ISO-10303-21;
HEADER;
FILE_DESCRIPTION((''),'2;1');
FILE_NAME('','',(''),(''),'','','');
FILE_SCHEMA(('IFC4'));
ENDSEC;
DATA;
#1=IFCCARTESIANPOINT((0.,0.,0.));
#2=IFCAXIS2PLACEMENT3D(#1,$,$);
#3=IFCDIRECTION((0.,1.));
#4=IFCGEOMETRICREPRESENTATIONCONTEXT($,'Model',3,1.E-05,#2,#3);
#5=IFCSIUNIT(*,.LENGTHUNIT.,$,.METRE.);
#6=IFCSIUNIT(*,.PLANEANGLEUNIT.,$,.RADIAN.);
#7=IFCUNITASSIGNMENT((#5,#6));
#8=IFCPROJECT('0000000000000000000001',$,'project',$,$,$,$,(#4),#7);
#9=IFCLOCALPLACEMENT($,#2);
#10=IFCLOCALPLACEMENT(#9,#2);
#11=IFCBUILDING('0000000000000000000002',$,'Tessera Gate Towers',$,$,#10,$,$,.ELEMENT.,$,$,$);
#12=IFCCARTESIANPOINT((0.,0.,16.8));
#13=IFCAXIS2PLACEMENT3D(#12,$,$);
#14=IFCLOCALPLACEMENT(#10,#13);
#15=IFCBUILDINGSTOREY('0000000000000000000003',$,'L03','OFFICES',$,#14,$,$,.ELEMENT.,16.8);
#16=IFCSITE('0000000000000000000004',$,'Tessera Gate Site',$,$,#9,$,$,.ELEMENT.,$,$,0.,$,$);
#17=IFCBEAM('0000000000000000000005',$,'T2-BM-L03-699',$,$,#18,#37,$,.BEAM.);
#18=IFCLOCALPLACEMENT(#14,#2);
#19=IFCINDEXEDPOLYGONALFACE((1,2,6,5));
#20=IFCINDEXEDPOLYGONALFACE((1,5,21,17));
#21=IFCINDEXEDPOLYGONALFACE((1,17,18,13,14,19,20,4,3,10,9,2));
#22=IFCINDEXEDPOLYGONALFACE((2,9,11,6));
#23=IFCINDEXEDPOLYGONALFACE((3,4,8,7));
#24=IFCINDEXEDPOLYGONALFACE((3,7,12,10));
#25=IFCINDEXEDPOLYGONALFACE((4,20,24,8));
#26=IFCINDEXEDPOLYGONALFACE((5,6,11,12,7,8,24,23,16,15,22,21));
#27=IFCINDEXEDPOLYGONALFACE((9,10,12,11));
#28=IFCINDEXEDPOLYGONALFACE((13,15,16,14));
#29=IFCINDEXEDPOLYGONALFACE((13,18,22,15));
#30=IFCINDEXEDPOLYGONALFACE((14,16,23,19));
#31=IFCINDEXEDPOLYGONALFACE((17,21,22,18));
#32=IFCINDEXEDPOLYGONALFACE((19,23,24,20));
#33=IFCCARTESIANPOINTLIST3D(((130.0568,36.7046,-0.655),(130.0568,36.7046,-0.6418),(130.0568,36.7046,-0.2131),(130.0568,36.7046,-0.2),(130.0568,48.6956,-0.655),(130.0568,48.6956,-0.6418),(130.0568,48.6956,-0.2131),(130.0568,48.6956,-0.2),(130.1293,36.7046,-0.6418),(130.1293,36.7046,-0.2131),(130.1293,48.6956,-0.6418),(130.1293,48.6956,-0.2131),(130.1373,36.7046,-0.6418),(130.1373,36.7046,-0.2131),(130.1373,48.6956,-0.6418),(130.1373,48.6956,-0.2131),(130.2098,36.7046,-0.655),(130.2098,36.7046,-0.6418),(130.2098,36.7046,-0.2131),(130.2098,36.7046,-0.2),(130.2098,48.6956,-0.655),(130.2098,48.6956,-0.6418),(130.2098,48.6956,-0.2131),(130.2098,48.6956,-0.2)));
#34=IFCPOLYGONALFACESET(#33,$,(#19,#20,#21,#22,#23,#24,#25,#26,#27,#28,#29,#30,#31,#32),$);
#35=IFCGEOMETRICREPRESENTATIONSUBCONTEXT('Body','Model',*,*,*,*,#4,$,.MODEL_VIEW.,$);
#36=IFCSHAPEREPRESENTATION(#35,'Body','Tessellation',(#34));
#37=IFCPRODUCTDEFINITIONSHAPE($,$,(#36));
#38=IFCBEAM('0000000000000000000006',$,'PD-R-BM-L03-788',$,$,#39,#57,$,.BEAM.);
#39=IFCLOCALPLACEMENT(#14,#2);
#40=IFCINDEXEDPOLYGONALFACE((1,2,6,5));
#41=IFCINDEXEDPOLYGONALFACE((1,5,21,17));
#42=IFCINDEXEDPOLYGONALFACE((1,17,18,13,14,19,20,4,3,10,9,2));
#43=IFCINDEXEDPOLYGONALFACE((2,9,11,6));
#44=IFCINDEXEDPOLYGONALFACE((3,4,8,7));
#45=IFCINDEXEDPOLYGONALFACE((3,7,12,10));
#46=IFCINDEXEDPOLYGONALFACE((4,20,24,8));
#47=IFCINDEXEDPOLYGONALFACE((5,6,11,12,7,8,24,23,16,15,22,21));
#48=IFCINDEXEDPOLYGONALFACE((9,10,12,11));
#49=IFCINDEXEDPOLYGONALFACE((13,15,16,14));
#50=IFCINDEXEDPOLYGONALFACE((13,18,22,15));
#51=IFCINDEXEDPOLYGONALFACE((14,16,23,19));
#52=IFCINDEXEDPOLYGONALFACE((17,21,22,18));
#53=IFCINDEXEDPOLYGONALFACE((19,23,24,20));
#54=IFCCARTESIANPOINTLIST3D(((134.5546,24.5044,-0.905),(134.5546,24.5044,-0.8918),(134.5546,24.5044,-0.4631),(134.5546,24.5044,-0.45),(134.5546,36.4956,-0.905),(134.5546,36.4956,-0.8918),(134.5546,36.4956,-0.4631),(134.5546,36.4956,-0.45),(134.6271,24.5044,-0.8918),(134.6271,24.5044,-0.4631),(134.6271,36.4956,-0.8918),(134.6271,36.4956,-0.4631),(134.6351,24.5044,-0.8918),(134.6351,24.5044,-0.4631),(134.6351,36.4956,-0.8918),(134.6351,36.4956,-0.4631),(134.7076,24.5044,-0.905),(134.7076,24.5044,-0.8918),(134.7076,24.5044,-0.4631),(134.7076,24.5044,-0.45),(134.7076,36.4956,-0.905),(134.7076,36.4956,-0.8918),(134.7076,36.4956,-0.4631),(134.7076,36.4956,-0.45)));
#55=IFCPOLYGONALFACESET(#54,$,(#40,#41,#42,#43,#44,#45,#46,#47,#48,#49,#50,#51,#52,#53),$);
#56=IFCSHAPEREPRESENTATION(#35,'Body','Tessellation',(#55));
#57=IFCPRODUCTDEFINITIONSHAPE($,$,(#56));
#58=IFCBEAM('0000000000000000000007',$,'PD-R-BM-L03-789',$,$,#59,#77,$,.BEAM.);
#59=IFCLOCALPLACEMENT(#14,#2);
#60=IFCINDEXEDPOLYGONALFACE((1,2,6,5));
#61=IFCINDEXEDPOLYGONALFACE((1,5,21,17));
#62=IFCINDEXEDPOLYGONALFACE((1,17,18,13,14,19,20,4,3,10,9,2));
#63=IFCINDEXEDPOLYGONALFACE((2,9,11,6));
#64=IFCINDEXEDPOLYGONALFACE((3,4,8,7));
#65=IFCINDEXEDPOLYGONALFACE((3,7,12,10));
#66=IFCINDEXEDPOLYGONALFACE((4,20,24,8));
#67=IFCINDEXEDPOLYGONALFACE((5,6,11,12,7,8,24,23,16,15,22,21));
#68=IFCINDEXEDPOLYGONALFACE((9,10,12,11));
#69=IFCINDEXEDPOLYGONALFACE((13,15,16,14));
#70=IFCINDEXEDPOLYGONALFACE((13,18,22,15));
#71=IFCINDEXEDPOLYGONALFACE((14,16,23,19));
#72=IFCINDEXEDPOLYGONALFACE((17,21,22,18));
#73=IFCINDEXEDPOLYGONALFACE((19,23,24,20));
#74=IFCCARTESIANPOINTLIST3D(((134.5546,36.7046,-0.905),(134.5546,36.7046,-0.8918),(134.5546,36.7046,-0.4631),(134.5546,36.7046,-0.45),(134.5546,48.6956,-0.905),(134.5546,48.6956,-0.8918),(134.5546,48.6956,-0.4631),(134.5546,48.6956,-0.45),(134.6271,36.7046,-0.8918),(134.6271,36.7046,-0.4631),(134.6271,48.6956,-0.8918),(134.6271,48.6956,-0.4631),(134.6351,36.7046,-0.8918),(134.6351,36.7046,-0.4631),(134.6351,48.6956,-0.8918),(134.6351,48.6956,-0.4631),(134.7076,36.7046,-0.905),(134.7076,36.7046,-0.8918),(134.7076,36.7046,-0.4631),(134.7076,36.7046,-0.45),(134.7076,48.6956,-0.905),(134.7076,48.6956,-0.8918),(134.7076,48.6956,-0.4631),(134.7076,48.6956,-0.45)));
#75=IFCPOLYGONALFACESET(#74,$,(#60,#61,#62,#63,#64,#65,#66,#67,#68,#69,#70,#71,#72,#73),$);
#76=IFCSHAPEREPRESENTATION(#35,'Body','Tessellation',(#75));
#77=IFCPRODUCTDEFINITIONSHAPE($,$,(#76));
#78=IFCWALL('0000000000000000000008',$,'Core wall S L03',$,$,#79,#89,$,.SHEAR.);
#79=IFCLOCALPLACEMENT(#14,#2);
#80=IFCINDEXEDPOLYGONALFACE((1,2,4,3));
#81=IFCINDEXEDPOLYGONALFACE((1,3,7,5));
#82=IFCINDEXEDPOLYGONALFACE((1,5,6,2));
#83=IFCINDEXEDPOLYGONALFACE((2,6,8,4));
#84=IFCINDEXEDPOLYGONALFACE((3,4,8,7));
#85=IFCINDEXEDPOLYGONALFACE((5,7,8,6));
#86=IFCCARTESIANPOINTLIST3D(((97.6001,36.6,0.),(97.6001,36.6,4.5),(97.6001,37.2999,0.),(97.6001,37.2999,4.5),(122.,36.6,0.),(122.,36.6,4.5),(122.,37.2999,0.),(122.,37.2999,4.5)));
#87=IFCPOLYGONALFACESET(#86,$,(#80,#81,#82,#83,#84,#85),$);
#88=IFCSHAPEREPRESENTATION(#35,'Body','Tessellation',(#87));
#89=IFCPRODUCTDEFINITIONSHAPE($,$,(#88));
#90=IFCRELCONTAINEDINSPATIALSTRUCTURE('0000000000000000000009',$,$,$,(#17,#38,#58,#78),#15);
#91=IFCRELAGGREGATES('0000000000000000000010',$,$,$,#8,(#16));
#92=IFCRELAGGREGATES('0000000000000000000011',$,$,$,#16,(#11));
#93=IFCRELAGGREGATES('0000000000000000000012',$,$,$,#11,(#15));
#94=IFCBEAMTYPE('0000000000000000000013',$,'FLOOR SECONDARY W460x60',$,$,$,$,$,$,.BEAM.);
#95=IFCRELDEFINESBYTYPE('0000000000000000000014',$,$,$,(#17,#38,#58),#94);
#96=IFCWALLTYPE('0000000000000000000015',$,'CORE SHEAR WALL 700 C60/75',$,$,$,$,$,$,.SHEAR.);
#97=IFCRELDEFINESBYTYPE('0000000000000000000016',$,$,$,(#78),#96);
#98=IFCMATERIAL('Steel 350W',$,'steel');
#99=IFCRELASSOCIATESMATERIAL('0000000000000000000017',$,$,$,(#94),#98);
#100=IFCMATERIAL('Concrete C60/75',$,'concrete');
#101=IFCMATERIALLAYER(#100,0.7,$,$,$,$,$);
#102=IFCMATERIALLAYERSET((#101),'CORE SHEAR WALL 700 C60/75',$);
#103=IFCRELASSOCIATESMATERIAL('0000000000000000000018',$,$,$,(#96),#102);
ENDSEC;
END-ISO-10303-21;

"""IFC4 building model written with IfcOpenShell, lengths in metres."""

from ifc_helpers import new_model, si_unit, direction, frame, frame_2d, origin, origin_2d, place, context, subcontext, project, spatial, rectangle, i_section, extrude, material, layer, layer_set, material_profile, profile_set, type_object, element, save


model = new_model("IFC4")

# Units and contexts
model_context = context("Model", 3, precision=1e-05, world=origin(), true_north=direction((0.0, 1.0)))
body_context = subcontext(model_context, "Body", "Model", "MODEL_VIEW")
ifc_project = project(units=[si_unit("LENGTHUNIT", "METRE"), si_unit("PLANEANGLEUNIT", "RADIAN")], contexts=[model_context])

# Site, building, storey
site_placement = place(None, origin())
site = spatial("IfcSite", under=ifc_project, at=site_placement, Name="Tessera Gate Site", CompositionType="ELEMENT", RefElevation=0.0)
building_placement = place(site_placement, origin())
building = spatial("IfcBuilding", under=site, at=building_placement, Name="Tessera Gate Towers", CompositionType="ELEMENT")
storey_placement = place(building_placement, frame((0.0, 0.0, 16.8)))
storey = spatial("IfcBuildingStorey", under=building, at=storey_placement, Name="L03", Description="OFFICES", CompositionType="ELEMENT", Elevation=16.8)

# Beams
ifc_material_1 = material(Name="Steel 350W", Category="steel")
ifc_material_profile_1 = material_profile(ifc_material_1, i_section(OverallWidth=0.1531, OverallDepth=0.4551, WebThickness=0.0081, FlangeThickness=0.0132, at=origin_2d()), Name="W460x60")
ifc_profile_set_1 = profile_set([ifc_material_profile_1], Name="Steel 350W")
beam_type_1 = type_object("IfcBeamType", Name="FLOOR SECONDARY W460x60", PredefinedType="BEAM", material=ifc_profile_set_1)
beam_1_placement = place(storey_placement, frame((130.1333, 36.7046, -0.4275), z_axis=(0.0, 1.0, 0.0), x_axis=(-1.0, 0.0, 0.0)))
element("IfcBeam", 1, at=beam_1_placement, inside=storey, type_object=beam_type_1, Name="T2-BM-L03-699", PredefinedType="BEAM", context=body_context, shape_type="SweptSolid", body=[
    extrude(i_section(OverallWidth=0.1531, OverallDepth=0.4551, WebThickness=0.0081, FlangeThickness=0.0132, at=origin_2d()), origin(), (0.0, 0.0, 1.0), 11.991),
])
beam_2_placement = place(storey_placement, frame((134.6311, 24.5044, -0.6775), z_axis=(0.0, 1.0, 0.0), x_axis=(-1.0, 0.0, 0.0)))
element("IfcBeam", 2, at=beam_2_placement, inside=storey, type_object=beam_type_1, Name="PD-R-BM-L03-788", PredefinedType="BEAM", context=body_context, shape_type="SweptSolid", body=[
    extrude(i_section(OverallWidth=0.1531, OverallDepth=0.4551, WebThickness=0.0081, FlangeThickness=0.0132, at=origin_2d()), origin(), (0.0, 0.0, 1.0), 11.9912),
])
beam_3_placement = place(storey_placement, frame((134.6311, 36.7046, -0.6775), z_axis=(0.0, 1.0, 0.0), x_axis=(-1.0, 0.0, 0.0)))
element("IfcBeam", 3, at=beam_3_placement, inside=storey, type_object=beam_type_1, Name="PD-R-BM-L03-789", PredefinedType="BEAM", context=body_context, shape_type="SweptSolid", body=[
    extrude(i_section(OverallWidth=0.1531, OverallDepth=0.4551, WebThickness=0.0081, FlangeThickness=0.0132, at=origin_2d()), origin(), (0.0, 0.0, 1.0), 11.991),
])

# Wall
ifc_material_2 = material(Name="Concrete C60/75", Category="concrete")
ifc_layer_1 = layer(ifc_material_2, 0.7)
ifc_layer_set_1 = layer_set([ifc_layer_1], Name="CORE SHEAR WALL 700 C60/75")
wall_type_1 = type_object("IfcWallType", Name="CORE SHEAR WALL 700 C60/75", PredefinedType="SHEAR", material=ifc_layer_set_1)
wall_1_placement = place(storey_placement, frame((122.0, 36.95, 0.0), z_axis=(0.0, 0.0, 1.0), x_axis=(-1.0, 0.0, 0.0)))
element("IfcWall", 4, at=wall_1_placement, inside=storey, type_object=wall_type_1, Name="Core wall S L03", PredefinedType="SHEAR", context=body_context, shape_type="SweptSolid", body=[
    extrude(rectangle(XDim=24.3999, YDim=0.7, at=frame_2d((12.2, 0.0))), origin(), (0.0, 0.0, 1.0), 4.5),
])

save(model, "model.ifc")
